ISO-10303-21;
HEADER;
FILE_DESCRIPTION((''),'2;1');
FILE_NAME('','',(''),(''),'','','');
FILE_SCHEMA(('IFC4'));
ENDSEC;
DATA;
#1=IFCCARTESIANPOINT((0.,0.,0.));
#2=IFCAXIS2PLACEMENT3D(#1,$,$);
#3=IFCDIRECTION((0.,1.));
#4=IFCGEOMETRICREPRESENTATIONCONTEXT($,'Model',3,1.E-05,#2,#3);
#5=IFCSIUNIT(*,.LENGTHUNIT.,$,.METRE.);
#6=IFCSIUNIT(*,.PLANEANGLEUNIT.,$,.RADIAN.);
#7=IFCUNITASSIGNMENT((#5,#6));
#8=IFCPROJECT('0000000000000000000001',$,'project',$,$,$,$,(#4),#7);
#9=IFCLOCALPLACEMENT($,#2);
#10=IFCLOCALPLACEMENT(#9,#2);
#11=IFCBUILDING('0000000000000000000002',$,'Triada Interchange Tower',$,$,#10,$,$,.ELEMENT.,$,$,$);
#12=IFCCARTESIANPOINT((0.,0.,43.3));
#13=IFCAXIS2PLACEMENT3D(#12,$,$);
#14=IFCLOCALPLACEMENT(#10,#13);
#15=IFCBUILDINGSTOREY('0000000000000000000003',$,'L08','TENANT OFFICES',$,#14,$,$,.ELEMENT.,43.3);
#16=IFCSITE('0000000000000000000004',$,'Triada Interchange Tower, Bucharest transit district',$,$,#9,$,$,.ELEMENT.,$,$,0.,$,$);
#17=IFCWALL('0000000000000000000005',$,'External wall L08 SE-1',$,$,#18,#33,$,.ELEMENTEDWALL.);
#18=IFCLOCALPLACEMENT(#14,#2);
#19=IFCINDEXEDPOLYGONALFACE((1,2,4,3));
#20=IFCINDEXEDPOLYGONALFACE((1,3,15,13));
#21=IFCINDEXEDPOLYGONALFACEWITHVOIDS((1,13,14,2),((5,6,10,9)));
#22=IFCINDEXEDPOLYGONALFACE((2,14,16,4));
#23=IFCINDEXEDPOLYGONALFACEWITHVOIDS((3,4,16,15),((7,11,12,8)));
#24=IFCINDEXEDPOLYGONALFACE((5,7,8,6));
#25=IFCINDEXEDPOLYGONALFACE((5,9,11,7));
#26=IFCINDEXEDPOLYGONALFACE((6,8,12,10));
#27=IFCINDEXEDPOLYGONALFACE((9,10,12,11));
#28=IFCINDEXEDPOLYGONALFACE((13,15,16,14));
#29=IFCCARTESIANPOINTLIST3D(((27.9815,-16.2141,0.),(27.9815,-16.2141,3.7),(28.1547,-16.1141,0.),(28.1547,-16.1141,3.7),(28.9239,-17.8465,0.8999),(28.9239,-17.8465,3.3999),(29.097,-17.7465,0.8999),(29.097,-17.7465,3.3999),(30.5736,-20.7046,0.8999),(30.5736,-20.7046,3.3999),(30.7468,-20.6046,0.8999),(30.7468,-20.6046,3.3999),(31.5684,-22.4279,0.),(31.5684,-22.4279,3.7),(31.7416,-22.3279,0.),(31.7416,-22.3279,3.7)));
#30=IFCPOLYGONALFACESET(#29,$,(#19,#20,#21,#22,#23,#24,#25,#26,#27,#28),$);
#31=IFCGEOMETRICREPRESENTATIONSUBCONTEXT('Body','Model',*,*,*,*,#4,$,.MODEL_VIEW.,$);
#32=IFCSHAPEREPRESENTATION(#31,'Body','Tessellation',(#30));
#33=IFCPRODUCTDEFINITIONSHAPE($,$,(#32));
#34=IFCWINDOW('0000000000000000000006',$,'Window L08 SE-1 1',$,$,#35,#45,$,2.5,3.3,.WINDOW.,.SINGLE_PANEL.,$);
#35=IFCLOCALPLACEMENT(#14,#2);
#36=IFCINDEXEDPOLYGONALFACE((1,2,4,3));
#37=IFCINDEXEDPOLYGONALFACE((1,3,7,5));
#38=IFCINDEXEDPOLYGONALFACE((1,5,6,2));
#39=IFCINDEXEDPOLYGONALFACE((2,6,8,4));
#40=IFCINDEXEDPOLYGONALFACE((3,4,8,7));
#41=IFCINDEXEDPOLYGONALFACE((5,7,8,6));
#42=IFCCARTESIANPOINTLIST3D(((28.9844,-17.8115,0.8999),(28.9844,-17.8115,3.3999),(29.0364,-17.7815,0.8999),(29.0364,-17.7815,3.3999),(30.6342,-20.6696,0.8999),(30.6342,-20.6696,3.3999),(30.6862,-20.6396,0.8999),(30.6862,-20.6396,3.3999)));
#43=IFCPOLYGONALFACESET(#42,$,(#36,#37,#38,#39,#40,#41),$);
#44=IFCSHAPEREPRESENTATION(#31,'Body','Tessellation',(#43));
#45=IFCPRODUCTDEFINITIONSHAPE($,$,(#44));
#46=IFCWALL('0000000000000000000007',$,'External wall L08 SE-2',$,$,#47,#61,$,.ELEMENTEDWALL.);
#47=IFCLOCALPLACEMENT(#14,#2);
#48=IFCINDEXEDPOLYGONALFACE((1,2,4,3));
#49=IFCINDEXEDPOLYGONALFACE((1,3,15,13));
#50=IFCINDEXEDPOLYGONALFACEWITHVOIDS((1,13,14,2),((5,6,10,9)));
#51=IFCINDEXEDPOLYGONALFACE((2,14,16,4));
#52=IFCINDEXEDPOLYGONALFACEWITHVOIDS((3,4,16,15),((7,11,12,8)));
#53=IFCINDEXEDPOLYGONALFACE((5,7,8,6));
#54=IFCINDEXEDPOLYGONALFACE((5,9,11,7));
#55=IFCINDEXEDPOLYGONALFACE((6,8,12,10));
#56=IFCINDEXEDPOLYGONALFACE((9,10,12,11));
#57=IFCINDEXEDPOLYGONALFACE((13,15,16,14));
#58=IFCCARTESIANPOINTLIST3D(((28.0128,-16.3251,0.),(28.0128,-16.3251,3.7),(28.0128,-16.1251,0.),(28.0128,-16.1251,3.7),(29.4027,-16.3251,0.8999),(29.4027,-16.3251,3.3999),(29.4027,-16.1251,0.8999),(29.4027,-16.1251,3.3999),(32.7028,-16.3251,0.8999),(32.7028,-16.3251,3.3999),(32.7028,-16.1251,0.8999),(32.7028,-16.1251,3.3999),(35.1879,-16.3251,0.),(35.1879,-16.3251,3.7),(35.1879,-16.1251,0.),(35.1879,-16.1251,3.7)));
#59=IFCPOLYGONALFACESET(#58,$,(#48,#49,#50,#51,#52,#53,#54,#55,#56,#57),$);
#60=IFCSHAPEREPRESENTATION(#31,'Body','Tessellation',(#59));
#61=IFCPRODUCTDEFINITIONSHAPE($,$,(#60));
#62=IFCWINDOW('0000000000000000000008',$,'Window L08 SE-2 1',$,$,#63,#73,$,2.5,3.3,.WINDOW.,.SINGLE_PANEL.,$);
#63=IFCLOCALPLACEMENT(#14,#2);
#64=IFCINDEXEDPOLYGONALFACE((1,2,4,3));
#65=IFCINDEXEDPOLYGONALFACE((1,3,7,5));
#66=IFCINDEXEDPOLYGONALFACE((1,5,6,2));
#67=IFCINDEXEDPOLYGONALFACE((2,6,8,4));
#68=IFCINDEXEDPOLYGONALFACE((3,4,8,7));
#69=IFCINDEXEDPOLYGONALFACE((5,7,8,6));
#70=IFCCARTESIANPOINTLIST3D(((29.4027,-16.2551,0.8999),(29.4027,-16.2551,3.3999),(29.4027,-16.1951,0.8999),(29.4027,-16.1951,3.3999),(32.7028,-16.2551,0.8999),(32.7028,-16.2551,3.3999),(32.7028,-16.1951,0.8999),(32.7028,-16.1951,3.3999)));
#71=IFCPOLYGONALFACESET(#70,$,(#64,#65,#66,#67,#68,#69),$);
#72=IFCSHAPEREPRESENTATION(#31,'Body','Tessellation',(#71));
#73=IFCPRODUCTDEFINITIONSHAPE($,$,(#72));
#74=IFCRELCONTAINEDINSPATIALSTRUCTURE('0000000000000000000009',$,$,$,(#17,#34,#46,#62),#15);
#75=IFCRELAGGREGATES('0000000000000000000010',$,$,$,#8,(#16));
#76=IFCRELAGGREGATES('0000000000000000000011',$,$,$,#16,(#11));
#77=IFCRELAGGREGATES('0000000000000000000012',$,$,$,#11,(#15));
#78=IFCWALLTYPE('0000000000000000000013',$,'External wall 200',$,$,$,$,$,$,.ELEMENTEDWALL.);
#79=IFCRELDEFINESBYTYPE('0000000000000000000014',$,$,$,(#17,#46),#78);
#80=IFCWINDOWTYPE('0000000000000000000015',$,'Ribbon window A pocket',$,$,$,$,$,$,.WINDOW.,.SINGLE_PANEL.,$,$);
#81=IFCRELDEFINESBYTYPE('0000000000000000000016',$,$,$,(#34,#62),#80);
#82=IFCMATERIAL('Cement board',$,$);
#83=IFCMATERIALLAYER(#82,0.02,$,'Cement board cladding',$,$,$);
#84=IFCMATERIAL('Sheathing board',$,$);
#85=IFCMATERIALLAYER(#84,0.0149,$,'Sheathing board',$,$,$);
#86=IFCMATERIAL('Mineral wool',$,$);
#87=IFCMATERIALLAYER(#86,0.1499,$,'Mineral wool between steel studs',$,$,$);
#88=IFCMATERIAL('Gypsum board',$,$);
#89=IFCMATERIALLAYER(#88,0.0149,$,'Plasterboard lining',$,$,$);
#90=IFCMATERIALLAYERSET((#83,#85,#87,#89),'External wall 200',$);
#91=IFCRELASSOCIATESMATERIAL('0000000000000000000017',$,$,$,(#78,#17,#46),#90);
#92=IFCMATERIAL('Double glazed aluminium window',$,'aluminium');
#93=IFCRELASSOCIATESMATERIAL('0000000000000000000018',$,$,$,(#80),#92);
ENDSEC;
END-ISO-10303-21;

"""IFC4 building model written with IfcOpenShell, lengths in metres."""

from ifc_helpers import new_model, si_unit, direction, frame, frame_2d, origin, place, context, subcontext, project, spatial, rectangle, extrude, material, layer, layer_set, layer_usage, type_object, element, fill, save


model = new_model("IFC4")

# Units and contexts
model_context = context("Model", 3, precision=1e-05, world=origin(), true_north=direction((0.0, 1.0)))
body_context = subcontext(model_context, "Body", "Model", "MODEL_VIEW")
ifc_project = project(units=[si_unit("LENGTHUNIT", "METRE"), si_unit("PLANEANGLEUNIT", "RADIAN")], contexts=[model_context])

# Site, building, storey
site_placement = place(None, origin())
site = spatial("IfcSite", under=ifc_project, at=site_placement, Name="Triada Interchange Tower, Bucharest transit district", CompositionType="ELEMENT", RefElevation=0.0)
building_placement = place(site_placement, origin())
building = spatial("IfcBuilding", under=site, at=building_placement, Name="Triada Interchange Tower", CompositionType="ELEMENT")
storey_placement = place(building_placement, frame((0.0, 0.0, 43.3)))
storey = spatial("IfcBuildingStorey", under=building, at=storey_placement, Name="L08", Description="TENANT OFFICES", CompositionType="ELEMENT", Elevation=43.3)

# Walls, openings, windows
ifc_material_1 = material(Name="Cement board")
ifc_layer_1 = layer(ifc_material_1, 0.02, Name="Cement board cladding")
ifc_material_2 = material(Name="Sheathing board")
ifc_layer_2 = layer(ifc_material_2, 0.0149, Name="Sheathing board")
ifc_material_3 = material(Name="Mineral wool")
ifc_layer_3 = layer(ifc_material_3, 0.1499, Name="Mineral wool between steel studs")
ifc_material_4 = material(Name="Gypsum board")
ifc_layer_4 = layer(ifc_material_4, 0.0149, Name="Plasterboard lining")
ifc_layer_set_1 = layer_set([ifc_layer_1, ifc_layer_2, ifc_layer_3, ifc_layer_4], Name="External wall 200")
ifc_layer_usage = layer_usage(ifc_layer_set_1, "AXIS2", "POSITIVE", -0.1001)
wall_type = type_object("IfcWallType", Name="External wall 200", PredefinedType="ELEMENTEDWALL", material=ifc_layer_set_1)
wall_1_placement = place(storey_placement, frame((31.655, -22.3779, 0.0), z_axis=(0.0, 0.0, 1.0), x_axis=(-0.499931, 0.866065, 0.0)))
wall_1 = element("IfcWall", 1, at=wall_1_placement, inside=storey, type_object=wall_type, material=ifc_layer_usage, Name="External wall L08 SE-1", PredefinedType="ELEMENTEDWALL", context=body_context, shape_type="SweptSolid", body=[
    extrude(rectangle(XDim=7.1748, YDim=0.2, at=frame_2d((3.5874, 0.0))), origin(), (0.0, 0.0, 1.0), 3.7),
])
opening_1_placement = place(wall_1_placement, frame((1.99, 0.0, 0.8999)))
opening_1 = element("IfcOpeningElement", 2, at=opening_1_placement, cuts=wall_1, PredefinedType="OPENING", context=body_context, shape_type="SweptSolid", body=[
    extrude(rectangle(XDim=3.3, YDim=2.5, at=frame_2d((1.6499, 1.25))), frame((0.0, 0.1099, 0.0), z_axis=(0.0, -1.0, 0.0), x_axis=(1.0, 0.0, 0.0)), (0.0, 0.0, 1.0), 0.22),
])
ifc_material_5 = material(Name="Double glazed aluminium window", Category="aluminium")
window_type_1 = type_object("IfcWindowType", Name="Ribbon window A pocket", PartitioningType="SINGLE_PANEL", PredefinedType="WINDOW", material=ifc_material_5)
window_1_placement = place(opening_1_placement, origin())
window_1 = element("IfcWindow", 3, at=window_1_placement, inside=storey, type_object=window_type_1, Name="Window L08 SE-1 1", OverallHeight=2.5, OverallWidth=3.3, PartitioningType="SINGLE_PANEL", PredefinedType="WINDOW", context=body_context, shape_type="SweptSolid", body=[
    extrude(rectangle(XDim=3.3, YDim=2.5, at=frame_2d((1.6499, 1.25))), frame((0.0, 0.03, 0.0), z_axis=(0.0, -1.0, 0.0), x_axis=(1.0, 0.0, 0.0)), (0.0, 0.0, 1.0), 0.0601),
])
fill(opening_1, window_1)
wall_2_placement = place(storey_placement, frame((28.0129, -16.2251, 0.0), z_axis=(0.0, 0.0, 1.0), x_axis=(1.0, 0.0, 0.0)))
wall_2 = element("IfcWall", 4, at=wall_2_placement, inside=storey, type_object=wall_type, material=ifc_layer_usage, Name="External wall L08 SE-2", PredefinedType="ELEMENTEDWALL", context=body_context, shape_type="SweptSolid", body=[
    extrude(rectangle(XDim=7.175, YDim=0.2, at=frame_2d((3.5874, 0.0))), origin(), (0.0, 0.0, 1.0), 3.7),
])
opening_2_placement = place(wall_2_placement, frame((1.3899, 0.0, 0.8999)))
opening_2 = element("IfcOpeningElement", 5, at=opening_2_placement, cuts=wall_2, PredefinedType="OPENING", context=body_context, shape_type="SweptSolid", body=[
    extrude(rectangle(XDim=3.3, YDim=2.5, at=frame_2d((1.6499, 1.25))), frame((0.0, 0.1099, 0.0), z_axis=(0.0, -1.0, 0.0), x_axis=(1.0, 0.0, 0.0)), (0.0, 0.0, 1.0), 0.22),
])
window_2_placement = place(opening_2_placement, origin())
window_2 = element("IfcWindow", 6, at=window_2_placement, inside=storey, type_object=window_type_1, Name="Window L08 SE-2 1", OverallHeight=2.5, OverallWidth=3.3, PartitioningType="SINGLE_PANEL", PredefinedType="WINDOW", context=body_context, shape_type="SweptSolid", body=[
    extrude(rectangle(XDim=3.3, YDim=2.5, at=frame_2d((1.6499, 1.25))), frame((0.0, 0.03, 0.0), z_axis=(0.0, -1.0, 0.0), x_axis=(1.0, 0.0, 0.0)), (0.0, 0.0, 1.0), 0.0601),
])
fill(opening_2, window_2)

save(model, "model.ifc")
